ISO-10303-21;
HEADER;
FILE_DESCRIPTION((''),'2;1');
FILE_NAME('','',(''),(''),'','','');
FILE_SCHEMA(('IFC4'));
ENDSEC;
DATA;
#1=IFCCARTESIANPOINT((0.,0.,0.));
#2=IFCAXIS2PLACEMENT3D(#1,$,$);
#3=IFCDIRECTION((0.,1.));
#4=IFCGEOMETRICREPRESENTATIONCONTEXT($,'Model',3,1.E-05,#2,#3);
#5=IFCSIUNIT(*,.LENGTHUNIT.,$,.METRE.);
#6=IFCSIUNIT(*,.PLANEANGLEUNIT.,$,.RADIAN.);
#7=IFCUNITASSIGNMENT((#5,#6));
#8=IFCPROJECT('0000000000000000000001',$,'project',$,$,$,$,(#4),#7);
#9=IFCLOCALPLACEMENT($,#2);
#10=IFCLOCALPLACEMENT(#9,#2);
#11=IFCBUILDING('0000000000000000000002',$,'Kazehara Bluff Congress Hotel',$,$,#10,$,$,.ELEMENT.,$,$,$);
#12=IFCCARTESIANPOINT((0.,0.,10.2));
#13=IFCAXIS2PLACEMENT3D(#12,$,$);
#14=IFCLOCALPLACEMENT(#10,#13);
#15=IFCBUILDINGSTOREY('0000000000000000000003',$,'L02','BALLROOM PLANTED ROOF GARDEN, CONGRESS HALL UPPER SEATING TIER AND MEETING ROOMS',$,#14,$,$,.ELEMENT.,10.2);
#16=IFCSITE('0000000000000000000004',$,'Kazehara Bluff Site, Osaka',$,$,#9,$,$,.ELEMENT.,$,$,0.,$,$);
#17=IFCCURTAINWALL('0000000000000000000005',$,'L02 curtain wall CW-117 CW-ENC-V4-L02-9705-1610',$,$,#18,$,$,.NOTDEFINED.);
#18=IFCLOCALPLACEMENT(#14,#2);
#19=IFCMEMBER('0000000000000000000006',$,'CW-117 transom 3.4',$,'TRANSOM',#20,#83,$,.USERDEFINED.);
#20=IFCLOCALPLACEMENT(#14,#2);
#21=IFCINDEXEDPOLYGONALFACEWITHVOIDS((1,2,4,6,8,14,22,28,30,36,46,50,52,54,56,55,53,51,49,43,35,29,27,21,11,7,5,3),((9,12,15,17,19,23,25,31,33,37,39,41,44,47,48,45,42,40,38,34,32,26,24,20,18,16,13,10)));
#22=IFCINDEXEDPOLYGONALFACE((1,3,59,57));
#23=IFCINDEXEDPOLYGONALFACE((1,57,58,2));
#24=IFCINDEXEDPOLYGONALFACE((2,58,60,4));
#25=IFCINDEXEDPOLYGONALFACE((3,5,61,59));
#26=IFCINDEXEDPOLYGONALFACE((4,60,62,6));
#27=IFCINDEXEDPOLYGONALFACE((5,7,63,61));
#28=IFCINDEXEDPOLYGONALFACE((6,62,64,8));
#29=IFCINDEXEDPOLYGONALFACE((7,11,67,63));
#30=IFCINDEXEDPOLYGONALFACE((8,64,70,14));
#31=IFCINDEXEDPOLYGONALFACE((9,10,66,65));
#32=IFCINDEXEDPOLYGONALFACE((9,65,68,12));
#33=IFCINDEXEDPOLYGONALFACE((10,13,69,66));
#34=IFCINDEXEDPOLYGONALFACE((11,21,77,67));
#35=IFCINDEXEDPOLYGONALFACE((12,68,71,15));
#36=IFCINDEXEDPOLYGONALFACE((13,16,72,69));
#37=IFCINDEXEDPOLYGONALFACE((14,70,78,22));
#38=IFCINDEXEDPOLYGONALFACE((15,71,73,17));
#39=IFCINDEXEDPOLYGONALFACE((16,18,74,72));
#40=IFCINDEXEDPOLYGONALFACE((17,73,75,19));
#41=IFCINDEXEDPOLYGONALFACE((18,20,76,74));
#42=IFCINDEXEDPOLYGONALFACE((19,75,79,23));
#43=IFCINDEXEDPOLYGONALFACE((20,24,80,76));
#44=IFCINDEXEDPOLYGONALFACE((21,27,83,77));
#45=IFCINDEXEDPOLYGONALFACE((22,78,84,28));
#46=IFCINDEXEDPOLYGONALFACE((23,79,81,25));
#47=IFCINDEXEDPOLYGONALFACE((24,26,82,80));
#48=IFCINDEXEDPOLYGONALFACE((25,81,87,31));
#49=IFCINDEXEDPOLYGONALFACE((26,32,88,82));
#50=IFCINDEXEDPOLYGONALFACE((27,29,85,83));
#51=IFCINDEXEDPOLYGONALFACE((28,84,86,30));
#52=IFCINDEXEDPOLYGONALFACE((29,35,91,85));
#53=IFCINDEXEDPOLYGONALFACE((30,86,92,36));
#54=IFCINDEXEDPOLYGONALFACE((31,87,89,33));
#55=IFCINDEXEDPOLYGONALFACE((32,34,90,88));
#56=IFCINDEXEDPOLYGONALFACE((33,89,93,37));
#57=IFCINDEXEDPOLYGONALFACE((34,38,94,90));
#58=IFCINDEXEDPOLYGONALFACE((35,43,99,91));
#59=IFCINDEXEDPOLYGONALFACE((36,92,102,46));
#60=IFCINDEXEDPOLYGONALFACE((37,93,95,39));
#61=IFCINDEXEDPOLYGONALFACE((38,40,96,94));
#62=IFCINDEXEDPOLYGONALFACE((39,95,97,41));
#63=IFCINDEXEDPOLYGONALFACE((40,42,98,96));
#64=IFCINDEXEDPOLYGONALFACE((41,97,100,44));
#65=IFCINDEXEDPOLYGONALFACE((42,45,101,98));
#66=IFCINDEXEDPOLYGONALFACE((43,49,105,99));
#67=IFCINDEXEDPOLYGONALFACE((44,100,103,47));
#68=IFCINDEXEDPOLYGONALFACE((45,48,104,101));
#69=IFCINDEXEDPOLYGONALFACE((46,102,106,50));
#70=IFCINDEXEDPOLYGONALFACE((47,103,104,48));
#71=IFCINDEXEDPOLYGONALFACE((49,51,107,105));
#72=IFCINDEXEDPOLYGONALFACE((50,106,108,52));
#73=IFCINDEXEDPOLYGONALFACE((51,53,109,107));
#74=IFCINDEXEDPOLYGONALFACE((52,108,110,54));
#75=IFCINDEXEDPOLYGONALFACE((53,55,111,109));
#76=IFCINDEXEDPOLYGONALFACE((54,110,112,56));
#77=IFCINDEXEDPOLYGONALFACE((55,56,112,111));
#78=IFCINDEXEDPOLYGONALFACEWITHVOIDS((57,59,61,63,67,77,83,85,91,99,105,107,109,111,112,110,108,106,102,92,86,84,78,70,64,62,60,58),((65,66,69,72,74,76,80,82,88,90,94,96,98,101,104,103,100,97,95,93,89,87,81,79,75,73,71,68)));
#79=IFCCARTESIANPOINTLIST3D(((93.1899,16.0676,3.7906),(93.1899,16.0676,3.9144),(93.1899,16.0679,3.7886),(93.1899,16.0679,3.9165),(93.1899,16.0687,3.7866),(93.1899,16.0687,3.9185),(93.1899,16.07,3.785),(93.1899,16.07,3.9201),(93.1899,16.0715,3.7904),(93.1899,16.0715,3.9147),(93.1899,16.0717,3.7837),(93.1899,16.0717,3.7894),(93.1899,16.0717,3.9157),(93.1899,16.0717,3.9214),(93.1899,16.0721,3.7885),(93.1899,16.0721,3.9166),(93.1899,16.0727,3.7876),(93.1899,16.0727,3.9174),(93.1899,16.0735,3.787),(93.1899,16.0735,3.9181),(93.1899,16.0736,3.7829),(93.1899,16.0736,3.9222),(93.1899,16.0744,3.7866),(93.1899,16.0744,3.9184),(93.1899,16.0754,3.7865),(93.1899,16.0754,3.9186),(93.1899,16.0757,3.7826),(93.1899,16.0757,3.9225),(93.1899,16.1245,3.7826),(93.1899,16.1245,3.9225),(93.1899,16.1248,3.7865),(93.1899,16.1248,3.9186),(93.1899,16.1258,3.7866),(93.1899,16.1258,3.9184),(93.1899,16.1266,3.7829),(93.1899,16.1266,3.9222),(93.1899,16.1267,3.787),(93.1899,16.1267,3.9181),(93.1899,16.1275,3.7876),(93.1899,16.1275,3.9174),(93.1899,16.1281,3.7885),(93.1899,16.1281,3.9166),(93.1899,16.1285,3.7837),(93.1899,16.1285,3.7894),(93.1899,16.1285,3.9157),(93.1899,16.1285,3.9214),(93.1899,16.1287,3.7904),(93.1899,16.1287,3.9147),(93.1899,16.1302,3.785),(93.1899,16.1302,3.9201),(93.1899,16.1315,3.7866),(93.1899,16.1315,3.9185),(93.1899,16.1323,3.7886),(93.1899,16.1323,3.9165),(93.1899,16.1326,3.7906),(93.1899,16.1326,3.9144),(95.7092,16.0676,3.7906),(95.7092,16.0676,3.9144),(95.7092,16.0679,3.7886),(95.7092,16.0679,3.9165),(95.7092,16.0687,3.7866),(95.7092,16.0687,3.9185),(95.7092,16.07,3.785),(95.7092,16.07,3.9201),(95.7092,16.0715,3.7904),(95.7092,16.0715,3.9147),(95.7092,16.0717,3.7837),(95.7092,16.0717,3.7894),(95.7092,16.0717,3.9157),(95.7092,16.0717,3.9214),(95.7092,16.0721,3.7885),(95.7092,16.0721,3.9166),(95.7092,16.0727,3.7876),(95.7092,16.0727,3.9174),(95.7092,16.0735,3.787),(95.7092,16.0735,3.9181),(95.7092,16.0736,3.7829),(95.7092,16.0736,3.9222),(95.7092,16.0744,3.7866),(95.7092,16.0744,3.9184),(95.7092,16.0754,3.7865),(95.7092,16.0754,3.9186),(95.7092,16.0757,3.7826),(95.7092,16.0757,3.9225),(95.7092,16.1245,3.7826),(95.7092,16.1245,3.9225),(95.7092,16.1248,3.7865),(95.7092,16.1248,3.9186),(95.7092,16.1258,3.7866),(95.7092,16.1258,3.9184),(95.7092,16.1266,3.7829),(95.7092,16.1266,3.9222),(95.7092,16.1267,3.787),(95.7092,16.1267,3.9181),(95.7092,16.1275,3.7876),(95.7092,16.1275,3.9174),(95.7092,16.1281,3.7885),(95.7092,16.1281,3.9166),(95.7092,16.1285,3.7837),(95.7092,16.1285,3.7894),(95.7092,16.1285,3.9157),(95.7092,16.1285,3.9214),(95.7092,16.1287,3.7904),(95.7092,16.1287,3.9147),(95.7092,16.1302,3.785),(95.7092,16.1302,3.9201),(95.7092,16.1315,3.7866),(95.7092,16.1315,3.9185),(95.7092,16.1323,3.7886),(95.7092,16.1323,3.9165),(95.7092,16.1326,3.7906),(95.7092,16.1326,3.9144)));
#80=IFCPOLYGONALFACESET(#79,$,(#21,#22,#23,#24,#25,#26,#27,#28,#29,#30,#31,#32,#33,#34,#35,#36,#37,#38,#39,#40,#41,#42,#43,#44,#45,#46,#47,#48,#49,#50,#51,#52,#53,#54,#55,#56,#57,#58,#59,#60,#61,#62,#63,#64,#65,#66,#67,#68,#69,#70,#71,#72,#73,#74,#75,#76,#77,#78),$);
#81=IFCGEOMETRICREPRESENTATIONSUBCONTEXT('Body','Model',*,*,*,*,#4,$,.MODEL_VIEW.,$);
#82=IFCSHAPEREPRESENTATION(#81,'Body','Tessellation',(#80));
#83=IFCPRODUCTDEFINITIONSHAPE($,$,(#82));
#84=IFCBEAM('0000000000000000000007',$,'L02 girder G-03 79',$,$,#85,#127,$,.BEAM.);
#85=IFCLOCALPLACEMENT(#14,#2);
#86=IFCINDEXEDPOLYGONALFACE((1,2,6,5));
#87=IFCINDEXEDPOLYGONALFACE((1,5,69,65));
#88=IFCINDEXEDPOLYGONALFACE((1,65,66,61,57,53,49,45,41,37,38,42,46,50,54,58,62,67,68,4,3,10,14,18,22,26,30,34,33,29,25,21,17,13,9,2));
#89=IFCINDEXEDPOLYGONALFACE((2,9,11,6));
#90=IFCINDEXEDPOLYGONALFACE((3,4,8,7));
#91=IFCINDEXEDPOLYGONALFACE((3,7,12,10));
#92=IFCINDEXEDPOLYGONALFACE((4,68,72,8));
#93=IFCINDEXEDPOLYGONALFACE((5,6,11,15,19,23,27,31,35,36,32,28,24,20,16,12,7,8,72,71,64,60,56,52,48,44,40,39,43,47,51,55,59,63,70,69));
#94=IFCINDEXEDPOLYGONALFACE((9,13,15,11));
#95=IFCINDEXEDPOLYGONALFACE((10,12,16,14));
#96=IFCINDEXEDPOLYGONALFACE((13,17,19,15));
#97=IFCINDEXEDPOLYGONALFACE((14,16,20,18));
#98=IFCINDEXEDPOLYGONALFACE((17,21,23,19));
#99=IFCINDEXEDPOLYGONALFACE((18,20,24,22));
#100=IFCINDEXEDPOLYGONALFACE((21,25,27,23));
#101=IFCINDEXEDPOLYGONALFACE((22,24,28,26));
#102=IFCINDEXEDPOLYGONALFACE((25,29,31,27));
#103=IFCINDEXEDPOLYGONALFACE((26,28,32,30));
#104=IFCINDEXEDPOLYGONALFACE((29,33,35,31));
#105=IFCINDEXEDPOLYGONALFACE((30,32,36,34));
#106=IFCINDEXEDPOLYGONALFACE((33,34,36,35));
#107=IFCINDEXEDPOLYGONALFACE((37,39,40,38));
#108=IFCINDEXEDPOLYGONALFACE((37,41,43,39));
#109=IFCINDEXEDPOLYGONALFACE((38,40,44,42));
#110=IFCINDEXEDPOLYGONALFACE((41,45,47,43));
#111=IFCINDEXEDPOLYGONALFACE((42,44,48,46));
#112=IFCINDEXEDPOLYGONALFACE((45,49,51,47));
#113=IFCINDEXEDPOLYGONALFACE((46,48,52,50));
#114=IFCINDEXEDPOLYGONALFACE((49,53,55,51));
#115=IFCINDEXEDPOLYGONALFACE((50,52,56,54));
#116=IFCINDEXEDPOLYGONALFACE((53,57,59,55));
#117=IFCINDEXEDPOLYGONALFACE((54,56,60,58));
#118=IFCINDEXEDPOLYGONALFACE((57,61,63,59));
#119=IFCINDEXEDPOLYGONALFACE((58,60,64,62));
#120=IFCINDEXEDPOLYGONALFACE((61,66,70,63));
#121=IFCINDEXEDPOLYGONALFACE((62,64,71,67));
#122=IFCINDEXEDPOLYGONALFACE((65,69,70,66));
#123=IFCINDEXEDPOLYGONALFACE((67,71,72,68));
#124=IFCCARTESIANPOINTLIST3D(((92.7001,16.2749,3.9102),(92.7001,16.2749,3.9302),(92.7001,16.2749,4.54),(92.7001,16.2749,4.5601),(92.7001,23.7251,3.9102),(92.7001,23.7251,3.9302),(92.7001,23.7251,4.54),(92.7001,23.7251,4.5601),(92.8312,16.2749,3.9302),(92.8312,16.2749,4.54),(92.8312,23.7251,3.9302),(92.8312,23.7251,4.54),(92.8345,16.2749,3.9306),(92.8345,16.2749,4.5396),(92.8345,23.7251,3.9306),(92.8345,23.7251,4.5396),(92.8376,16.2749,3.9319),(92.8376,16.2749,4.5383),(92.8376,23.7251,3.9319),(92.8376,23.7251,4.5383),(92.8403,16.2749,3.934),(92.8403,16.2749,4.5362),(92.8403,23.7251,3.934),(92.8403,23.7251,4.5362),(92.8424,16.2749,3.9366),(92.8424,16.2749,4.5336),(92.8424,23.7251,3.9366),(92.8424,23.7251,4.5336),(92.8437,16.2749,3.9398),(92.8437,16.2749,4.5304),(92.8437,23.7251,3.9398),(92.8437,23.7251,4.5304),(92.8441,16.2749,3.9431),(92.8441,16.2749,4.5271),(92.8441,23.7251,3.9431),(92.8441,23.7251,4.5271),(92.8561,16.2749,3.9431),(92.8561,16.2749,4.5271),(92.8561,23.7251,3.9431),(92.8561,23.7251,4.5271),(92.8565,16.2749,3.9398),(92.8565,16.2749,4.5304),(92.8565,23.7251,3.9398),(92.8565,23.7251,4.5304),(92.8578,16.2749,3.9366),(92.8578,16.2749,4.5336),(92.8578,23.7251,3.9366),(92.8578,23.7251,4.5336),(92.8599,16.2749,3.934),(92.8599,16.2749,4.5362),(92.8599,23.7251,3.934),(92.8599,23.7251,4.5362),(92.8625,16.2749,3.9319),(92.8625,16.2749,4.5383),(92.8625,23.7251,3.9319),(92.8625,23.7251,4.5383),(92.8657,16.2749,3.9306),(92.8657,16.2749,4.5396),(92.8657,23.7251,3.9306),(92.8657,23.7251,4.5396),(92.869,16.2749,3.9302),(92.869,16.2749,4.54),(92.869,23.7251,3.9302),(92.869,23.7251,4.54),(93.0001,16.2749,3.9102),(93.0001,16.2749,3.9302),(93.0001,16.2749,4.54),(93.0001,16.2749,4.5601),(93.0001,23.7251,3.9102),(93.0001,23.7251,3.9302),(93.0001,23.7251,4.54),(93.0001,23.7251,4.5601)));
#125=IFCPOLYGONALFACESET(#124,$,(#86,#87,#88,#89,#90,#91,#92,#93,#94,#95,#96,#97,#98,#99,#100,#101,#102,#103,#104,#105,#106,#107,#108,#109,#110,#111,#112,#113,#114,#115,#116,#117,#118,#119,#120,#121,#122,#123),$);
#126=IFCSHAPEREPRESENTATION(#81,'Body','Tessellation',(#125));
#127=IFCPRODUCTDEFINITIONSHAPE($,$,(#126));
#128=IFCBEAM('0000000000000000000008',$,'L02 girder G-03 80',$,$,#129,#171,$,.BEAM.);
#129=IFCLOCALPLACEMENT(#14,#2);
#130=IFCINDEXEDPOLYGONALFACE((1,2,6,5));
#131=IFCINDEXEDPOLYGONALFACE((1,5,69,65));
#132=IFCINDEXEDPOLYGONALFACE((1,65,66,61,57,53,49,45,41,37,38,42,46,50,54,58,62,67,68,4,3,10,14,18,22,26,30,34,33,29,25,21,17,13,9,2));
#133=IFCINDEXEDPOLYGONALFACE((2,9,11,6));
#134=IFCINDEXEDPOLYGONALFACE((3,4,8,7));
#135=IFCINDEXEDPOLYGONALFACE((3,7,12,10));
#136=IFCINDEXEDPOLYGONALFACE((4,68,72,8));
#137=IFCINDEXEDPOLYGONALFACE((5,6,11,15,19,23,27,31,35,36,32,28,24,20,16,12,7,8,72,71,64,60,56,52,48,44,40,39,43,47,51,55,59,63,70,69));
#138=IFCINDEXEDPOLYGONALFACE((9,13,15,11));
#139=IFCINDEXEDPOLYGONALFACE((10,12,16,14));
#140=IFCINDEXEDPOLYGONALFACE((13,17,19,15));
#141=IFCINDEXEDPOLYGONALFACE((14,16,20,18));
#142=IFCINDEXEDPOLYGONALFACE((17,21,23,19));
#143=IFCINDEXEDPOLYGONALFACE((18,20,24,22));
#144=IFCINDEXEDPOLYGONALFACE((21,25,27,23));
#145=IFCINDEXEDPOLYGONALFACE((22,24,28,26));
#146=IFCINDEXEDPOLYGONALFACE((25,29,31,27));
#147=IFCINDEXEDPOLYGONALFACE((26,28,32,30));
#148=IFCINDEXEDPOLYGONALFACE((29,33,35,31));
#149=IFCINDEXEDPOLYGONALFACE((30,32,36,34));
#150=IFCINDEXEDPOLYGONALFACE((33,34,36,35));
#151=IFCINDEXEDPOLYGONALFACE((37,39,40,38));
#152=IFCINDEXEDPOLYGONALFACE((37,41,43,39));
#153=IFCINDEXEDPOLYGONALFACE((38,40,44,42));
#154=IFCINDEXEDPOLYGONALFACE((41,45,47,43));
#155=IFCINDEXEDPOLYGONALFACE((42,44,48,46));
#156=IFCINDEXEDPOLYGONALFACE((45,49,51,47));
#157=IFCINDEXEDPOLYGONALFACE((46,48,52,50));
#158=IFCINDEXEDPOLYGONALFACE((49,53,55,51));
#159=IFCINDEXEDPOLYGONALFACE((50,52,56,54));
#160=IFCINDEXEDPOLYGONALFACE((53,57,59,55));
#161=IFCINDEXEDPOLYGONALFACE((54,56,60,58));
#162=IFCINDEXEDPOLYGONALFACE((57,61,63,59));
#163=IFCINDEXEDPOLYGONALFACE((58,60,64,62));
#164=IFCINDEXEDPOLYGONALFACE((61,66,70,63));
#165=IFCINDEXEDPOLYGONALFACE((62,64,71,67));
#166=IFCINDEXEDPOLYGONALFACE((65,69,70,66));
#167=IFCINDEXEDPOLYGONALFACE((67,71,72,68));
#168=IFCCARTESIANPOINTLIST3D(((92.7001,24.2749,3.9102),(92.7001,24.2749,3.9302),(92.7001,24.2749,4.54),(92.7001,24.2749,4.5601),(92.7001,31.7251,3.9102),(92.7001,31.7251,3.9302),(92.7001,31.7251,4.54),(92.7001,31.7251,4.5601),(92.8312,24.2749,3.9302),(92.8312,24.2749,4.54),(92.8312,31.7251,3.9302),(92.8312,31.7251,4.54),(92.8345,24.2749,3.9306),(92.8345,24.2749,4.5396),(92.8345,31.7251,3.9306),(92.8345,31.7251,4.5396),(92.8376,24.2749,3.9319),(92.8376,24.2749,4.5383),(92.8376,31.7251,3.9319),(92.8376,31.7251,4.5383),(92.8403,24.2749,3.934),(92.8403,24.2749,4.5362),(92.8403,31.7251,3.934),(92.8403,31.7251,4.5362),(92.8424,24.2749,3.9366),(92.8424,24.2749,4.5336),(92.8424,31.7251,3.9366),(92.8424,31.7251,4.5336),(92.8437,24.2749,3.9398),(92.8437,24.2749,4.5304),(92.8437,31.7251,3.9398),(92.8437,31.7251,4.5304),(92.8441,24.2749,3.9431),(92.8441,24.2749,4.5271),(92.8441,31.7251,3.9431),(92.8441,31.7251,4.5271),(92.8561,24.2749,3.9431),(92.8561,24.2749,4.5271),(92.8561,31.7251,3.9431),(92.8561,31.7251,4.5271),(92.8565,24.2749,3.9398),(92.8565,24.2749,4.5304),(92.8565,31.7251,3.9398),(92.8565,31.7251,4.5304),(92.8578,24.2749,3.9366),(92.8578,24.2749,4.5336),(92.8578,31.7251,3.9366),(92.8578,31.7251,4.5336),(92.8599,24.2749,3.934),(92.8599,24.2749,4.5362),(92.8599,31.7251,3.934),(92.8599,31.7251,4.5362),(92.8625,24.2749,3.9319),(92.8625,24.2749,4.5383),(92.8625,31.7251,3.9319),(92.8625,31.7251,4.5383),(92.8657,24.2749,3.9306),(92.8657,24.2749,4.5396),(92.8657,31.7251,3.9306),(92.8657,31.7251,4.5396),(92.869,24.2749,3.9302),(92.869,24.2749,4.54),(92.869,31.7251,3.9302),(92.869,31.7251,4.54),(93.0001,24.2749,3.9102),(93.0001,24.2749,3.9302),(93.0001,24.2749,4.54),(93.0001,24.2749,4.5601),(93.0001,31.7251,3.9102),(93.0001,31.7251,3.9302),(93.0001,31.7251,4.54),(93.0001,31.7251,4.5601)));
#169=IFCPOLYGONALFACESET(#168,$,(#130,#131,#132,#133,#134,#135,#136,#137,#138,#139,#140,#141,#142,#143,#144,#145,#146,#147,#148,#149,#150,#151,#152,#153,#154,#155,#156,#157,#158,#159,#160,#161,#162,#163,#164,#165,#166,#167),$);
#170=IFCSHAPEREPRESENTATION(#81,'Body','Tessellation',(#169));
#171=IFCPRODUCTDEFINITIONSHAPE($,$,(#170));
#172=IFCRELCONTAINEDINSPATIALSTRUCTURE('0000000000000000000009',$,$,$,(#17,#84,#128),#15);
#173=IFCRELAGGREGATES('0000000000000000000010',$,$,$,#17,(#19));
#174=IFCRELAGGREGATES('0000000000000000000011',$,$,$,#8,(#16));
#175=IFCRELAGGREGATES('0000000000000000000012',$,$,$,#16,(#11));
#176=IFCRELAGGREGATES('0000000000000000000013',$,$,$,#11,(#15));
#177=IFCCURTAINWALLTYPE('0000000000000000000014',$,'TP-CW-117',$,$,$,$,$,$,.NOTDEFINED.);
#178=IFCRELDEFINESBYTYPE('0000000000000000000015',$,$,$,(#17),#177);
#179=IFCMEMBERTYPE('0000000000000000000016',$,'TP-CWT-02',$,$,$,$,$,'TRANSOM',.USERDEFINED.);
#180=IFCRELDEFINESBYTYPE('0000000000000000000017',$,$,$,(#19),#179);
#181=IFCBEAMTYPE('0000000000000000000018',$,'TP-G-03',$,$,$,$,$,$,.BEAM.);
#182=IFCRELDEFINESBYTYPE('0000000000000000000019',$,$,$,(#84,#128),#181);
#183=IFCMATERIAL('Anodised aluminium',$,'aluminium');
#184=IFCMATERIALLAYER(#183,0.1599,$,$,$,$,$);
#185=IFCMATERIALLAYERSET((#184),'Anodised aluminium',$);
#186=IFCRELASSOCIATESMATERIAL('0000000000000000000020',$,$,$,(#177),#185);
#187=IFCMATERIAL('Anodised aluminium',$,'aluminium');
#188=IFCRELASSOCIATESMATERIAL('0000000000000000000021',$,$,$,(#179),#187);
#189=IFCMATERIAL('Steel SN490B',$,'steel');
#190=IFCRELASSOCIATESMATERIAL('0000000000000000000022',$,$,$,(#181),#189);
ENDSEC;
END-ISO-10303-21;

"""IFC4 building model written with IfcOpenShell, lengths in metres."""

from ifc_helpers import new_model, si_unit, direction, frame, origin, origin_2d, place, context, subcontext, project, spatial, hollow_rectangle, i_section, extrude, material, layer, layer_set, material_profile, profile_set, type_object, element, aggregate, save


model = new_model("IFC4")

# Units and contexts
model_context = context("Model", 3, precision=1e-05, world=origin(), true_north=direction((0.0, 1.0)))
body_context = subcontext(model_context, "Body", "Model", "MODEL_VIEW")
ifc_project = project(units=[si_unit("LENGTHUNIT", "METRE"), si_unit("PLANEANGLEUNIT", "RADIAN")], contexts=[model_context])

# Site, building, storey
site_placement = place(None, origin())
site = spatial("IfcSite", under=ifc_project, at=site_placement, Name="Kazehara Bluff Site, Osaka", CompositionType="ELEMENT", RefElevation=0.0)
building_placement = place(site_placement, origin())
building = spatial("IfcBuilding", under=site, at=building_placement, Name="Kazehara Bluff Congress Hotel", CompositionType="ELEMENT")
storey_placement = place(building_placement, frame((0.0, 0.0, 10.2)))
storey = spatial("IfcBuildingStorey", under=building, at=storey_placement, Name="L02", Description="BALLROOM PLANTED ROOF GARDEN, CONGRESS HALL UPPER SEATING TIER AND MEETING ROOMS", CompositionType="ELEMENT", Elevation=10.2)

# Shared definitions
ifc_material_1 = material(Name="Anodised aluminium", Category="aluminium")
ifc_layer_1 = layer(ifc_material_1, 0.1599)
ifc_layer_set_1 = layer_set([ifc_layer_1], Name="Anodised aluminium")
curtain_wall_type = type_object("IfcCurtainWallType", Name="TP-CW-117", PredefinedType="NOTDEFINED", material=ifc_layer_set_1)

# Curtain wall
curtain_wall_1_placement = place(storey_placement, origin())
curtain_wall_1 = element("IfcCurtainWall", 1, at=curtain_wall_1_placement, inside=storey, type_object=curtain_wall_type, Name="L02 curtain wall CW-117 CW-ENC-V4-L02-9705-1610", PredefinedType="NOTDEFINED")

# Member
ifc_material_2 = material(Name="Anodised aluminium", Category="aluminium")
ifc_material_profile_1 = material_profile(ifc_material_2, hollow_rectangle(XDim=0.0649, YDim=0.1399, WallThickness=0.0039, InnerFilletRadius=0.0039, OuterFilletRadius=0.0081, at=origin_2d()))
ifc_profile_set_1 = profile_set([ifc_material_profile_1], Name="Anodised aluminium")
member_type_1 = type_object("IfcMemberType", Name="TP-CWT-02", ElementType="TRANSOM", PredefinedType="USERDEFINED", material=ifc_profile_set_1)
member_1_placement = place(storey_placement, frame((95.7092, 16.1001, 3.8525), z_axis=(-1.0, 0.0, 0.0), x_axis=(0.0, -1.0, 0.0)))
member_1 = element("IfcMember", 2, at=member_1_placement, type_object=member_type_1, Name="CW-117 transom 3.4", ObjectType="TRANSOM", PredefinedType="USERDEFINED", context=body_context, shape_type="SweptSolid", body=[
    extrude(hollow_rectangle(XDim=0.0649, YDim=0.1399, WallThickness=0.0039, InnerFilletRadius=0.0039, OuterFilletRadius=0.0081, at=origin_2d()), origin(), (0.0, 0.0, 1.0), 2.5193),
])

# Beams
ifc_material_3 = material(Name="Steel SN490B", Category="steel")
ifc_material_profile_2 = material_profile(ifc_material_3, i_section(OverallWidth=0.3, OverallDepth=0.6499, WebThickness=0.012, FlangeThickness=0.02, FilletRadius=0.0129, at=origin_2d()))
ifc_profile_set_2 = profile_set([ifc_material_profile_2], Name="Steel SN490B")
beam_type_1 = type_object("IfcBeamType", Name="TP-G-03", PredefinedType="BEAM", material=ifc_profile_set_2)
for number, where, z_axis, x_axis, name in (
    (3, (92.8501, 16.2749, 4.2351), (0.0, 1.0, 0.0), (-1.0, 0.0, 0.0), "L02 girder G-03 79"),
    (4, (92.8501, 24.2749, 4.2351), (0.0, 1.0, 0.0), (-1.0, 0.0, 0.0), "L02 girder G-03 80"),
):
    element("IfcBeam", number, at=place(storey_placement, frame(where, z_axis=z_axis, x_axis=x_axis)), inside=storey, type_object=beam_type_1, Name=name, PredefinedType="BEAM", context=body_context, shape_type="SweptSolid", body=[
        extrude(i_section(OverallWidth=0.3, OverallDepth=0.6499, WebThickness=0.012, FlangeThickness=0.02, FilletRadius=0.0129, at=origin_2d()), origin(), (0.0, 0.0, 1.0), 7.4502),
    ])

aggregate(curtain_wall_1, [member_1])

save(model, "model.ifc")
